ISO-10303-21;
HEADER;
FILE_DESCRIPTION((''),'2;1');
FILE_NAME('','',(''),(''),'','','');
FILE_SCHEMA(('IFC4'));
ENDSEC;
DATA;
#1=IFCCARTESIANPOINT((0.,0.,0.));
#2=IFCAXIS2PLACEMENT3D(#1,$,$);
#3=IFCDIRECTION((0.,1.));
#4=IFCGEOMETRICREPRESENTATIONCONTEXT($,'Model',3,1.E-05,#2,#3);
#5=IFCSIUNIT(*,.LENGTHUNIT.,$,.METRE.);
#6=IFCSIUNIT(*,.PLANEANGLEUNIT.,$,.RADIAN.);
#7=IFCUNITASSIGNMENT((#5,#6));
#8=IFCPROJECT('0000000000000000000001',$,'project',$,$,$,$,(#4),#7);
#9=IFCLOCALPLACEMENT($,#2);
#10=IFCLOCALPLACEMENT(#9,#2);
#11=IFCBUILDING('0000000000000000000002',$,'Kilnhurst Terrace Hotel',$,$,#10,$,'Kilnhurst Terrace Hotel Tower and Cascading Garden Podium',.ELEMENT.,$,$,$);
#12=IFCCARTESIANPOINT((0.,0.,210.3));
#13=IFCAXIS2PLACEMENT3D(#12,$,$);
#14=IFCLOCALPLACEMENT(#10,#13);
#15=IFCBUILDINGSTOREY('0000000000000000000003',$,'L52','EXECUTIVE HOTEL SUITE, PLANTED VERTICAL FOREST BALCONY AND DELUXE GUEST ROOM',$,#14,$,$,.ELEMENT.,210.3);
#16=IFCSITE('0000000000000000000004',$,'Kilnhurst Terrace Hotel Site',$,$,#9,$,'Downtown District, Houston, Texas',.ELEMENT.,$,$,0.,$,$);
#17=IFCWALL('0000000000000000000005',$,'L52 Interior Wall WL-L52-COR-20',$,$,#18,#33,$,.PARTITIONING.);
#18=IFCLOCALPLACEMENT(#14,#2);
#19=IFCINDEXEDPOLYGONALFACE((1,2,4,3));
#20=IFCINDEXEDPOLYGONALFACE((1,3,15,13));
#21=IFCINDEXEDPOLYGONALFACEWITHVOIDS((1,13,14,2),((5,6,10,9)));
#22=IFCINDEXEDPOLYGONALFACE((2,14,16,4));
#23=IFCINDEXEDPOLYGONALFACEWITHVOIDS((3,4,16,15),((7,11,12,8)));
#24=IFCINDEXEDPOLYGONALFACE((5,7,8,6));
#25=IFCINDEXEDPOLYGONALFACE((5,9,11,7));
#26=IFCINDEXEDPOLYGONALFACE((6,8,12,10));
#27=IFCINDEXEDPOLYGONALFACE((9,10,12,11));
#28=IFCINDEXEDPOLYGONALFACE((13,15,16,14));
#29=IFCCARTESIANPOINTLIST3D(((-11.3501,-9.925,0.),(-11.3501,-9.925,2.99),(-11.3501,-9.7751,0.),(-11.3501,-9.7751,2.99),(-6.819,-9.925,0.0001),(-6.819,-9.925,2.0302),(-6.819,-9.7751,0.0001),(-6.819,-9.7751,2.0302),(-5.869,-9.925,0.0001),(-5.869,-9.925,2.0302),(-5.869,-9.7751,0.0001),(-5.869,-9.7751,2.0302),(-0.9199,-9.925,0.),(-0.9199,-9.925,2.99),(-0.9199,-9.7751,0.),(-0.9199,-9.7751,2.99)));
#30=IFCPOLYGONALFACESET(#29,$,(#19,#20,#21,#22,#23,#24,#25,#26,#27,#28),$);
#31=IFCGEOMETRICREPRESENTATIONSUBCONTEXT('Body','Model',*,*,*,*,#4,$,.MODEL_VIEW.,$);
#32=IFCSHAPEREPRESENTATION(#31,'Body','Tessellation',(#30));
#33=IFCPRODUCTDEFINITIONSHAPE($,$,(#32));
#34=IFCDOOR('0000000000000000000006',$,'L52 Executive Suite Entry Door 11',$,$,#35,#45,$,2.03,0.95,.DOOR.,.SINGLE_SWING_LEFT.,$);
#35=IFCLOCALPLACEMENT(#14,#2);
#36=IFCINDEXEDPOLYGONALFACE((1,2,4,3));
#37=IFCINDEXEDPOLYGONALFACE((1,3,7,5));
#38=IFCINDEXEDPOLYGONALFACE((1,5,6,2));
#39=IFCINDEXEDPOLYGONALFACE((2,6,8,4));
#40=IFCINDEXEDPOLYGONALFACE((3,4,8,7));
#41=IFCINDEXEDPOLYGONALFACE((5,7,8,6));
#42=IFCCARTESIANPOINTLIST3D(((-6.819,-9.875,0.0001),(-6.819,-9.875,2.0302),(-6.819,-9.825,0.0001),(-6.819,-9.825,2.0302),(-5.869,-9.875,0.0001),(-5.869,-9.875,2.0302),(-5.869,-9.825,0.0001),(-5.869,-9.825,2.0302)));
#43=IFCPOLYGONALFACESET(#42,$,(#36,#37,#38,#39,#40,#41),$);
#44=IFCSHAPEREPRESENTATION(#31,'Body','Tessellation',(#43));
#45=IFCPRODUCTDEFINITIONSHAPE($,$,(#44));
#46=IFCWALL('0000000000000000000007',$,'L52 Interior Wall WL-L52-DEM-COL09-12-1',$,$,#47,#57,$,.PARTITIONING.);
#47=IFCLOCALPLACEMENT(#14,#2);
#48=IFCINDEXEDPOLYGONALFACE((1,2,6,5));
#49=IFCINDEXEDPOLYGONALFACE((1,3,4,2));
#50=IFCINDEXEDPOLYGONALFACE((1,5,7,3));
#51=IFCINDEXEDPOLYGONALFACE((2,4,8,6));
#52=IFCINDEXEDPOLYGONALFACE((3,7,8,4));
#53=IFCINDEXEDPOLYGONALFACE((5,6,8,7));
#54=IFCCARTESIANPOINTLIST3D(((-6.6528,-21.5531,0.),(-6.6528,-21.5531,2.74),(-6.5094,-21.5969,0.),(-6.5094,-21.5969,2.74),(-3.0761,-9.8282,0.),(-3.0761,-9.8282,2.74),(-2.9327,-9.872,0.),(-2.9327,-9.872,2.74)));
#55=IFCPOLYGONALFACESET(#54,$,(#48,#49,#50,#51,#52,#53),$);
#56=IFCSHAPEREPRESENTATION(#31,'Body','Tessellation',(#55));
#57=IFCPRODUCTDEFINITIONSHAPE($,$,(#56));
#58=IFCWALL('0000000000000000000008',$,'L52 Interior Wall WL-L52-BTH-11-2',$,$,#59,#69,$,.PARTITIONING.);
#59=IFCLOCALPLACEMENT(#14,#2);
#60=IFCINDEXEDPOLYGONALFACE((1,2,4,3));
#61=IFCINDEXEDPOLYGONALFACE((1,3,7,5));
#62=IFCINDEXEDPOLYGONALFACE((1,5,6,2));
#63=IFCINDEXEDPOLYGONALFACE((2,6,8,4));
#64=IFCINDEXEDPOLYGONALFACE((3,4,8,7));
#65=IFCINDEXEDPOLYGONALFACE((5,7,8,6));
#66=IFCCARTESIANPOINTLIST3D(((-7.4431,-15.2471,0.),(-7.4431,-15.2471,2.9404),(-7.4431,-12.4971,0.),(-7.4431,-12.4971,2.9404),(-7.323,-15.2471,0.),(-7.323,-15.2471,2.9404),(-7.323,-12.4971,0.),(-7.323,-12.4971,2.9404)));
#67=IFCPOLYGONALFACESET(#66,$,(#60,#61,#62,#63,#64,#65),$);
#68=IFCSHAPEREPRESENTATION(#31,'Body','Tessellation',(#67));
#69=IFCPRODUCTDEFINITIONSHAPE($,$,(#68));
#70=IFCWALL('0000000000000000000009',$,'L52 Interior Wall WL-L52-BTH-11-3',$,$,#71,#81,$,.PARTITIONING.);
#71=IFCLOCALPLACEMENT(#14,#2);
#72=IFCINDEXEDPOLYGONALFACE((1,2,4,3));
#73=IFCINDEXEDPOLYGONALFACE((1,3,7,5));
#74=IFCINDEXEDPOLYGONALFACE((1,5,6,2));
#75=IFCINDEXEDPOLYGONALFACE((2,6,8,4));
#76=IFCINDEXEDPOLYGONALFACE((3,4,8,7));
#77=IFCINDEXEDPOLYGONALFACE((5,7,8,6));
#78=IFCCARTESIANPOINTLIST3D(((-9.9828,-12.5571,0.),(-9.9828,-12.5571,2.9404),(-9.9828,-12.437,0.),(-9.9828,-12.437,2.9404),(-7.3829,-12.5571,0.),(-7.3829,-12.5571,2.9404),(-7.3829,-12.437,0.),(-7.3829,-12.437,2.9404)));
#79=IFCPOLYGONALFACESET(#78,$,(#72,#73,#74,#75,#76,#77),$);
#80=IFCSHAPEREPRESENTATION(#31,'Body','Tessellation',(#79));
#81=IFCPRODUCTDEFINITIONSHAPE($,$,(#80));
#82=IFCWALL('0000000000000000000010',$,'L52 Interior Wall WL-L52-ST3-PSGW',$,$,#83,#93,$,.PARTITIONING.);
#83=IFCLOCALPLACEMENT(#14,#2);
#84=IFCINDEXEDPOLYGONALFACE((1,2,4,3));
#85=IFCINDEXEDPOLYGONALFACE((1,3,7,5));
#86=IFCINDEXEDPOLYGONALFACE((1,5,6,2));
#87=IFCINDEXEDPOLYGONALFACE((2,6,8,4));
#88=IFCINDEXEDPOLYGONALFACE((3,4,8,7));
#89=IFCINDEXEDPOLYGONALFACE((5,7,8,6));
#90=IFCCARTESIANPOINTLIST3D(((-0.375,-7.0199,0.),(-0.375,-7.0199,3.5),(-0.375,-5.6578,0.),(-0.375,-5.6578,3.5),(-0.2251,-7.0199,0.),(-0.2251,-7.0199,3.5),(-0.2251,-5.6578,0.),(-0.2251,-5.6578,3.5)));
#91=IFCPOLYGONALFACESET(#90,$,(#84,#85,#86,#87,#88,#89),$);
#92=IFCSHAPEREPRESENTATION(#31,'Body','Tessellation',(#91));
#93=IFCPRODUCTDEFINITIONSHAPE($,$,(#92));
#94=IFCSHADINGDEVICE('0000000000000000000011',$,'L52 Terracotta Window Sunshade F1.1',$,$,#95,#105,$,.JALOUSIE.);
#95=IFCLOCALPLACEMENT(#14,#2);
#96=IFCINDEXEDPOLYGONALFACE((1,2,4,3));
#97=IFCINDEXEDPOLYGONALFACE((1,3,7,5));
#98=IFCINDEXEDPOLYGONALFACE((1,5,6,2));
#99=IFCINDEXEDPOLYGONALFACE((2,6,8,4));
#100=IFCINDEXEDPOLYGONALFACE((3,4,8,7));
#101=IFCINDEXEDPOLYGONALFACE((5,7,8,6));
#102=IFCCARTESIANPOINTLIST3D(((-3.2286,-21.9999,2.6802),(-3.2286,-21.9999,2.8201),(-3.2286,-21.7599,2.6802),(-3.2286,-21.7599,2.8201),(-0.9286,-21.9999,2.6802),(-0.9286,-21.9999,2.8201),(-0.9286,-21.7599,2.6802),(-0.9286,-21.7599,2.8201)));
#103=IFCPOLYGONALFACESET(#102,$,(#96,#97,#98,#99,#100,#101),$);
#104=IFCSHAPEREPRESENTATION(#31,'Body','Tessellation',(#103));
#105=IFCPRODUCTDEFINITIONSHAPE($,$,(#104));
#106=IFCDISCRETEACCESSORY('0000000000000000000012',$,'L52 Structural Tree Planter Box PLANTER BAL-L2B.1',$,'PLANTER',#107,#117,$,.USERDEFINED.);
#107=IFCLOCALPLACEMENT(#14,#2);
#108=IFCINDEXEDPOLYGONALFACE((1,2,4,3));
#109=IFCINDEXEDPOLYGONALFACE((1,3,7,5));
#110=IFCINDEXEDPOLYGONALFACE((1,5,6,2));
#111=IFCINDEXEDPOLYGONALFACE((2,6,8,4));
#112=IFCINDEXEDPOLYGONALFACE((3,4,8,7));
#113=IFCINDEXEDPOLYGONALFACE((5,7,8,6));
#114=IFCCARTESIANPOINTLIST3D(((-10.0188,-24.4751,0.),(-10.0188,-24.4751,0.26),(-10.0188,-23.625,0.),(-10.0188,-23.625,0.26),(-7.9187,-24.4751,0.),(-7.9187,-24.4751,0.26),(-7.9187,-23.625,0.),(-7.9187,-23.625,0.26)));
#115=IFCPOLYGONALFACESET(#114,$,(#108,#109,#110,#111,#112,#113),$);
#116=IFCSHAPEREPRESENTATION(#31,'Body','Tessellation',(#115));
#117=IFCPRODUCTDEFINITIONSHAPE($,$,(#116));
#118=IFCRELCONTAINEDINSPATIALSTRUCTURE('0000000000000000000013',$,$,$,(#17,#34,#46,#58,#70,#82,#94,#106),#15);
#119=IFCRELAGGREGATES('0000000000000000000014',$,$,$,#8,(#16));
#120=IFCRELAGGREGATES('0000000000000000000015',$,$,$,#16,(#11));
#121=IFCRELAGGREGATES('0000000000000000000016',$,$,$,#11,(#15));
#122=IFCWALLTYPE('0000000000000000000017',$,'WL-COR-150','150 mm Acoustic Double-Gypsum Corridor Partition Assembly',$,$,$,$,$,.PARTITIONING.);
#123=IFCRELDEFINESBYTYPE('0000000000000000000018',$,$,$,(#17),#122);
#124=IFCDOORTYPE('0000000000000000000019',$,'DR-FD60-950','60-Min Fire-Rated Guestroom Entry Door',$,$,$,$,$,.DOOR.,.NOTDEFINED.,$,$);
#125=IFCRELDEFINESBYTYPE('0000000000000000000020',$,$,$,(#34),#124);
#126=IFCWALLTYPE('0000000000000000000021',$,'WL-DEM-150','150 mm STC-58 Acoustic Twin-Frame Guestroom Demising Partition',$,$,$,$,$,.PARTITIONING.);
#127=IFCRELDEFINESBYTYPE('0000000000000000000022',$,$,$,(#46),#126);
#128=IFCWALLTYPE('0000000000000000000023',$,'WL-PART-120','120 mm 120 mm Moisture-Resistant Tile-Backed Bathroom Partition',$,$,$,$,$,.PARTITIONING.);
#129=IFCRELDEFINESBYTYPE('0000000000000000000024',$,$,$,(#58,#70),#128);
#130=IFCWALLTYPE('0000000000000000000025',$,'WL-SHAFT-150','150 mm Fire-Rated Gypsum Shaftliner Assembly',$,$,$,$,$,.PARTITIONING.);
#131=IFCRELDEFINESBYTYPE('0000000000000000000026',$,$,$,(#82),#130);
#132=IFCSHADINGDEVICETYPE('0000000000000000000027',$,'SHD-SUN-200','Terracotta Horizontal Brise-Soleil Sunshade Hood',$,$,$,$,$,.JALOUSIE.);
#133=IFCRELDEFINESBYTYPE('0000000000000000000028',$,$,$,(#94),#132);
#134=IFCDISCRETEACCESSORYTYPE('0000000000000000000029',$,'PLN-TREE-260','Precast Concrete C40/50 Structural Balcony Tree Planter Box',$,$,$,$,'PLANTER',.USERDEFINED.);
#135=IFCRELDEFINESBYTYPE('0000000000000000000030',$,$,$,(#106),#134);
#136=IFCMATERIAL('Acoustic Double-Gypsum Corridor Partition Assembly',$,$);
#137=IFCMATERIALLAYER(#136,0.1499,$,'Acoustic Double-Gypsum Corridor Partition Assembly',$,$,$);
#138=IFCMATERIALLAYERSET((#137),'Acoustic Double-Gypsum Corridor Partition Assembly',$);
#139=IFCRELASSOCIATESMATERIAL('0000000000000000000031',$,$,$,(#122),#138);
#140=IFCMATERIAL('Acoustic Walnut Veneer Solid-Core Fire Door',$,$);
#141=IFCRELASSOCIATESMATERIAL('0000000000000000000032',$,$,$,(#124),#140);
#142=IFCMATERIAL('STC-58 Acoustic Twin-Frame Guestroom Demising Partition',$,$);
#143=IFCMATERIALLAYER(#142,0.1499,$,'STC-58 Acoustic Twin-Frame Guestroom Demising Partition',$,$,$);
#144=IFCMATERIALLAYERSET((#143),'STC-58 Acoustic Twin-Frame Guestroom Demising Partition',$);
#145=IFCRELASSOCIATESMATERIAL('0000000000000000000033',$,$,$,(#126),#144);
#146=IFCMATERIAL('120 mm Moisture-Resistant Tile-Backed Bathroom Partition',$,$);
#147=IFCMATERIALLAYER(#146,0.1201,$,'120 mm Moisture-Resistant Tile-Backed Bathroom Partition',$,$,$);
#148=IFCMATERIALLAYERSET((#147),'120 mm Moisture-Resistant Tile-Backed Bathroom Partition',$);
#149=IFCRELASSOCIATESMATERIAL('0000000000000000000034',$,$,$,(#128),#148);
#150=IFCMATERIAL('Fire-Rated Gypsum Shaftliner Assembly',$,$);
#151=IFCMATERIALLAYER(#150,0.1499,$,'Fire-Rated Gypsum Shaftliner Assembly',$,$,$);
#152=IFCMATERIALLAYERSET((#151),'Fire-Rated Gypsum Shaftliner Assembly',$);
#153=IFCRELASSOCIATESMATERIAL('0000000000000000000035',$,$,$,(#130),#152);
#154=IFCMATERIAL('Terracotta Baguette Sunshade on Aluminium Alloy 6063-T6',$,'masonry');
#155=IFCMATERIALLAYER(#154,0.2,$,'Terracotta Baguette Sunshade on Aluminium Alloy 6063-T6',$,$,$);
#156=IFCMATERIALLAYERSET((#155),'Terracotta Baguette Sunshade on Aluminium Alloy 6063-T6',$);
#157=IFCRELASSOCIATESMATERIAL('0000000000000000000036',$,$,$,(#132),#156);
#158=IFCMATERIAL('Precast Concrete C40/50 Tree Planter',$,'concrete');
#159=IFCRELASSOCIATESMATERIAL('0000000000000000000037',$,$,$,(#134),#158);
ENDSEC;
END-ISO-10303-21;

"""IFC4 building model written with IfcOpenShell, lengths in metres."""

from ifc_helpers import new_model, si_unit, direction, frame, frame_2d, origin, origin_2d, place, context, subcontext, project, spatial, rectangle, extrude, material, layer, layer_set, type_object, element, fill, save


model = new_model("IFC4")

# Units and contexts
model_context = context("Model", 3, precision=1e-05, world=origin(), true_north=direction((0.0, 1.0)))
body_context = subcontext(model_context, "Body", "Model", "MODEL_VIEW")
ifc_project = project(units=[si_unit("LENGTHUNIT", "METRE"), si_unit("PLANEANGLEUNIT", "RADIAN")], contexts=[model_context])

# Site, building, storey
site_placement = place(None, origin())
site = spatial("IfcSite", under=ifc_project, at=site_placement, Name="Kilnhurst Terrace Hotel Site", LongName="Downtown District, Houston, Texas", CompositionType="ELEMENT", RefElevation=0.0)
building_placement = place(site_placement, origin())
building = spatial("IfcBuilding", under=site, at=building_placement, Name="Kilnhurst Terrace Hotel", LongName="Kilnhurst Terrace Hotel Tower and Cascading Garden Podium", CompositionType="ELEMENT")
storey_placement = place(building_placement, frame((0.0, 0.0, 210.3)))
storey = spatial("IfcBuildingStorey", under=building, at=storey_placement, Name="L52", Description="EXECUTIVE HOTEL SUITE, PLANTED VERTICAL FOREST BALCONY AND DELUXE GUEST ROOM", CompositionType="ELEMENT", Elevation=210.3)

# Shared definitions
ifc_material_1 = material(Name="Acoustic Double-Gypsum Corridor Partition Assembly")
ifc_layer_1 = layer(ifc_material_1, 0.1499, Name="Acoustic Double-Gypsum Corridor Partition Assembly")
ifc_layer_set_1 = layer_set([ifc_layer_1], Name="Acoustic Double-Gypsum Corridor Partition Assembly")
wall_type_1 = type_object("IfcWallType", Name="WL-COR-150", Description="150 mm Acoustic Double-Gypsum Corridor Partition Assembly", PredefinedType="PARTITIONING", material=ifc_layer_set_1)

# Wall, opening, door
wall_1_placement = place(storey_placement, frame((-0.9199, -9.8501, 0.0), z_axis=(0.0, 0.0, 1.0), x_axis=(-1.0, 0.0, 0.0)))
wall_1 = element("IfcWall", 1, at=wall_1_placement, inside=storey, type_object=wall_type_1, Name="L52 Interior Wall WL-L52-COR-20", PredefinedType="PARTITIONING", context=body_context, shape_type="SweptSolid", body=[
    extrude(rectangle(XDim=10.4302, YDim=0.1499, at=frame_2d((5.2151, 0.0))), origin(), (0.0, 0.0, 1.0), 2.99),
])
opening_1_placement = place(wall_1_placement, frame((4.949, 0.0, 0.0)))
opening_1 = element("IfcOpeningElement", 2, at=opening_1_placement, cuts=wall_1, PredefinedType="OPENING", context=body_context, shape_type="SweptSolid", body=[
    extrude(rectangle(XDim=0.95, YDim=2.03, at=frame_2d((0.4751, 1.0151))), frame((0.0, 0.085, 0.0), z_axis=(0.0, -1.0, 0.0), x_axis=(1.0, 0.0, 0.0)), (0.0, 0.0, 1.0), 0.1699),
])
ifc_material_2 = material(Name="Acoustic Walnut Veneer Solid-Core Fire Door")
door_type_1 = type_object("IfcDoorType", Name="DR-FD60-950", Description="60-Min Fire-Rated Guestroom Entry Door", OperationType="NOTDEFINED", PredefinedType="DOOR", material=ifc_material_2)
door_1_placement = place(opening_1_placement, origin())
door_1 = element("IfcDoor", 3, at=door_1_placement, inside=storey, type_object=door_type_1, Name="L52 Executive Suite Entry Door 11", OperationType="SINGLE_SWING_LEFT", OverallHeight=2.03, OverallWidth=0.95, PredefinedType="DOOR", context=body_context, shape_type="SweptSolid", body=[
    extrude(rectangle(XDim=0.95, YDim=2.03, at=frame_2d((0.4751, 1.0151))), frame((0.0, 0.0249, 0.0), z_axis=(0.0, -1.0, 0.0), x_axis=(1.0, 0.0, 0.0)), (0.0, 0.0, 1.0), 0.05),
])
fill(opening_1, door_1)

# Walls
ifc_material_3 = material(Name="STC-58 Acoustic Twin-Frame Guestroom Demising Partition")
ifc_layer_2 = layer(ifc_material_3, 0.1499, Name="STC-58 Acoustic Twin-Frame Guestroom Demising Partition")
ifc_layer_set_2 = layer_set([ifc_layer_2], Name="STC-58 Acoustic Twin-Frame Guestroom Demising Partition")
wall_type_2 = type_object("IfcWallType", Name="WL-DEM-150", Description="150 mm STC-58 Acoustic Twin-Frame Guestroom Demising Partition", PredefinedType="PARTITIONING", material=ifc_layer_set_2)
wall_2_placement = place(storey_placement, frame((-3.0044, -9.8501, 0.0), z_axis=(0.0, 0.0, 1.0), x_axis=(-0.291776, -0.956487, 0.0)))
element("IfcWall", 4, at=wall_2_placement, inside=storey, type_object=wall_type_2, Name="L52 Interior Wall WL-L52-DEM-COL09-12-1", PredefinedType="PARTITIONING", context=body_context, shape_type="SweptSolid", body=[
    extrude(rectangle(XDim=12.2583, YDim=0.1499, at=frame_2d((6.1292, 0.0))), origin(), (0.0, 0.0, 1.0), 2.74),
])
ifc_material_4 = material(Name="120 mm Moisture-Resistant Tile-Backed Bathroom Partition")
ifc_layer_3 = layer(ifc_material_4, 0.1201, Name="120 mm Moisture-Resistant Tile-Backed Bathroom Partition")
ifc_layer_set_3 = layer_set([ifc_layer_3], Name="120 mm Moisture-Resistant Tile-Backed Bathroom Partition")
wall_type_3 = type_object("IfcWallType", Name="WL-PART-120", Description="120 mm 120 mm Moisture-Resistant Tile-Backed Bathroom Partition", PredefinedType="PARTITIONING", material=ifc_layer_set_3)
wall_3_placement = place(storey_placement, frame((-7.3831, -15.2471, 0.0), z_axis=(0.0, 0.0, 1.0), x_axis=(0.0, 1.0, 0.0)))
element("IfcWall", 5, at=wall_3_placement, inside=storey, type_object=wall_type_3, Name="L52 Interior Wall WL-L52-BTH-11-2", PredefinedType="PARTITIONING", context=body_context, shape_type="SweptSolid", body=[
    extrude(rectangle(XDim=2.75, YDim=0.1201, at=frame_2d((1.375, 0.0))), origin(), (0.0, 0.0, 1.0), 2.9404),
])
wall_4_placement = place(storey_placement, frame((-7.3831, -12.4971, 0.0), z_axis=(0.0, 0.0, 1.0), x_axis=(-1.0, 0.0, 0.0)))
element("IfcWall", 6, at=wall_4_placement, inside=storey, type_object=wall_type_3, Name="L52 Interior Wall WL-L52-BTH-11-3", PredefinedType="PARTITIONING", context=body_context, shape_type="SweptSolid", body=[
    extrude(rectangle(XDim=2.5999, YDim=0.1201, at=frame_2d((1.2998, 0.0))), origin(), (0.0, 0.0, 1.0), 2.9404),
])
ifc_material_5 = material(Name="Fire-Rated Gypsum Shaftliner Assembly")
ifc_layer_4 = layer(ifc_material_5, 0.1499, Name="Fire-Rated Gypsum Shaftliner Assembly")
ifc_layer_set_4 = layer_set([ifc_layer_4], Name="Fire-Rated Gypsum Shaftliner Assembly")
wall_type_4 = type_object("IfcWallType", Name="WL-SHAFT-150", Description="150 mm Fire-Rated Gypsum Shaftliner Assembly", PredefinedType="PARTITIONING", material=ifc_layer_set_4)
wall_5_placement = place(storey_placement, frame((-0.3, -7.02, 0.0), z_axis=(0.0, 0.0, 1.0), x_axis=(0.0, 1.0, 0.0)))
element("IfcWall", 7, at=wall_5_placement, inside=storey, type_object=wall_type_4, Name="L52 Interior Wall WL-L52-ST3-PSGW", PredefinedType="PARTITIONING", context=body_context, shape_type="SweptSolid", body=[
    extrude(rectangle(XDim=1.3621, YDim=0.1499, at=frame_2d((0.6812, 0.0))), origin(), (0.0, 0.0, 1.0), 3.5),
])

# Shading device
ifc_material_6 = material(Name="Terracotta Baguette Sunshade on Aluminium Alloy 6063-T6", Category="masonry")
ifc_layer_5 = layer(ifc_material_6, 0.2, Name="Terracotta Baguette Sunshade on Aluminium Alloy 6063-T6")
ifc_layer_set_5 = layer_set([ifc_layer_5], Name="Terracotta Baguette Sunshade on Aluminium Alloy 6063-T6")
shading_device_type = type_object("IfcShadingDeviceType", Name="SHD-SUN-200", Description="Terracotta Horizontal Brise-Soleil Sunshade Hood", PredefinedType="JALOUSIE", material=ifc_layer_set_5)
shading_device_placement = place(storey_placement, frame((-2.0786, -21.8799, 2.6802), z_axis=(0.0, 0.0, 1.0), x_axis=(1.0, 0.0, 0.0)))
element("IfcShadingDevice", 8, at=shading_device_placement, inside=storey, type_object=shading_device_type, Name="L52 Terracotta Window Sunshade F1.1", PredefinedType="JALOUSIE", context=body_context, shape_type="SweptSolid", body=[
    extrude(rectangle(XDim=2.3, YDim=0.24, at=origin_2d()), origin(), (0.0, 0.0, 1.0), 0.1399),
])

# Discrete accessory
ifc_material_7 = material(Name="Precast Concrete C40/50 Tree Planter", Category="concrete")
discrete_accessory_type = type_object("IfcDiscreteAccessoryType", Name="PLN-TREE-260", Description="Precast Concrete C40/50 Structural Balcony Tree Planter Box", ElementType="PLANTER", PredefinedType="USERDEFINED", material=ifc_material_7)
discrete_accessory_placement = place(storey_placement, frame((-8.9688, -24.05, 0.0), z_axis=(0.0, 0.0, 1.0), x_axis=(1.0, 0.0, 0.0)))
element("IfcDiscreteAccessory", 9, at=discrete_accessory_placement, inside=storey, type_object=discrete_accessory_type, Name="L52 Structural Tree Planter Box PLANTER BAL-L2B.1", ObjectType="PLANTER", PredefinedType="USERDEFINED", context=body_context, shape_type="SweptSolid", body=[
    extrude(rectangle(XDim=2.1001, YDim=0.8501, at=origin_2d()), origin(), (0.0, 0.0, 1.0), 0.26),
])

save(model, "model.ifc")
